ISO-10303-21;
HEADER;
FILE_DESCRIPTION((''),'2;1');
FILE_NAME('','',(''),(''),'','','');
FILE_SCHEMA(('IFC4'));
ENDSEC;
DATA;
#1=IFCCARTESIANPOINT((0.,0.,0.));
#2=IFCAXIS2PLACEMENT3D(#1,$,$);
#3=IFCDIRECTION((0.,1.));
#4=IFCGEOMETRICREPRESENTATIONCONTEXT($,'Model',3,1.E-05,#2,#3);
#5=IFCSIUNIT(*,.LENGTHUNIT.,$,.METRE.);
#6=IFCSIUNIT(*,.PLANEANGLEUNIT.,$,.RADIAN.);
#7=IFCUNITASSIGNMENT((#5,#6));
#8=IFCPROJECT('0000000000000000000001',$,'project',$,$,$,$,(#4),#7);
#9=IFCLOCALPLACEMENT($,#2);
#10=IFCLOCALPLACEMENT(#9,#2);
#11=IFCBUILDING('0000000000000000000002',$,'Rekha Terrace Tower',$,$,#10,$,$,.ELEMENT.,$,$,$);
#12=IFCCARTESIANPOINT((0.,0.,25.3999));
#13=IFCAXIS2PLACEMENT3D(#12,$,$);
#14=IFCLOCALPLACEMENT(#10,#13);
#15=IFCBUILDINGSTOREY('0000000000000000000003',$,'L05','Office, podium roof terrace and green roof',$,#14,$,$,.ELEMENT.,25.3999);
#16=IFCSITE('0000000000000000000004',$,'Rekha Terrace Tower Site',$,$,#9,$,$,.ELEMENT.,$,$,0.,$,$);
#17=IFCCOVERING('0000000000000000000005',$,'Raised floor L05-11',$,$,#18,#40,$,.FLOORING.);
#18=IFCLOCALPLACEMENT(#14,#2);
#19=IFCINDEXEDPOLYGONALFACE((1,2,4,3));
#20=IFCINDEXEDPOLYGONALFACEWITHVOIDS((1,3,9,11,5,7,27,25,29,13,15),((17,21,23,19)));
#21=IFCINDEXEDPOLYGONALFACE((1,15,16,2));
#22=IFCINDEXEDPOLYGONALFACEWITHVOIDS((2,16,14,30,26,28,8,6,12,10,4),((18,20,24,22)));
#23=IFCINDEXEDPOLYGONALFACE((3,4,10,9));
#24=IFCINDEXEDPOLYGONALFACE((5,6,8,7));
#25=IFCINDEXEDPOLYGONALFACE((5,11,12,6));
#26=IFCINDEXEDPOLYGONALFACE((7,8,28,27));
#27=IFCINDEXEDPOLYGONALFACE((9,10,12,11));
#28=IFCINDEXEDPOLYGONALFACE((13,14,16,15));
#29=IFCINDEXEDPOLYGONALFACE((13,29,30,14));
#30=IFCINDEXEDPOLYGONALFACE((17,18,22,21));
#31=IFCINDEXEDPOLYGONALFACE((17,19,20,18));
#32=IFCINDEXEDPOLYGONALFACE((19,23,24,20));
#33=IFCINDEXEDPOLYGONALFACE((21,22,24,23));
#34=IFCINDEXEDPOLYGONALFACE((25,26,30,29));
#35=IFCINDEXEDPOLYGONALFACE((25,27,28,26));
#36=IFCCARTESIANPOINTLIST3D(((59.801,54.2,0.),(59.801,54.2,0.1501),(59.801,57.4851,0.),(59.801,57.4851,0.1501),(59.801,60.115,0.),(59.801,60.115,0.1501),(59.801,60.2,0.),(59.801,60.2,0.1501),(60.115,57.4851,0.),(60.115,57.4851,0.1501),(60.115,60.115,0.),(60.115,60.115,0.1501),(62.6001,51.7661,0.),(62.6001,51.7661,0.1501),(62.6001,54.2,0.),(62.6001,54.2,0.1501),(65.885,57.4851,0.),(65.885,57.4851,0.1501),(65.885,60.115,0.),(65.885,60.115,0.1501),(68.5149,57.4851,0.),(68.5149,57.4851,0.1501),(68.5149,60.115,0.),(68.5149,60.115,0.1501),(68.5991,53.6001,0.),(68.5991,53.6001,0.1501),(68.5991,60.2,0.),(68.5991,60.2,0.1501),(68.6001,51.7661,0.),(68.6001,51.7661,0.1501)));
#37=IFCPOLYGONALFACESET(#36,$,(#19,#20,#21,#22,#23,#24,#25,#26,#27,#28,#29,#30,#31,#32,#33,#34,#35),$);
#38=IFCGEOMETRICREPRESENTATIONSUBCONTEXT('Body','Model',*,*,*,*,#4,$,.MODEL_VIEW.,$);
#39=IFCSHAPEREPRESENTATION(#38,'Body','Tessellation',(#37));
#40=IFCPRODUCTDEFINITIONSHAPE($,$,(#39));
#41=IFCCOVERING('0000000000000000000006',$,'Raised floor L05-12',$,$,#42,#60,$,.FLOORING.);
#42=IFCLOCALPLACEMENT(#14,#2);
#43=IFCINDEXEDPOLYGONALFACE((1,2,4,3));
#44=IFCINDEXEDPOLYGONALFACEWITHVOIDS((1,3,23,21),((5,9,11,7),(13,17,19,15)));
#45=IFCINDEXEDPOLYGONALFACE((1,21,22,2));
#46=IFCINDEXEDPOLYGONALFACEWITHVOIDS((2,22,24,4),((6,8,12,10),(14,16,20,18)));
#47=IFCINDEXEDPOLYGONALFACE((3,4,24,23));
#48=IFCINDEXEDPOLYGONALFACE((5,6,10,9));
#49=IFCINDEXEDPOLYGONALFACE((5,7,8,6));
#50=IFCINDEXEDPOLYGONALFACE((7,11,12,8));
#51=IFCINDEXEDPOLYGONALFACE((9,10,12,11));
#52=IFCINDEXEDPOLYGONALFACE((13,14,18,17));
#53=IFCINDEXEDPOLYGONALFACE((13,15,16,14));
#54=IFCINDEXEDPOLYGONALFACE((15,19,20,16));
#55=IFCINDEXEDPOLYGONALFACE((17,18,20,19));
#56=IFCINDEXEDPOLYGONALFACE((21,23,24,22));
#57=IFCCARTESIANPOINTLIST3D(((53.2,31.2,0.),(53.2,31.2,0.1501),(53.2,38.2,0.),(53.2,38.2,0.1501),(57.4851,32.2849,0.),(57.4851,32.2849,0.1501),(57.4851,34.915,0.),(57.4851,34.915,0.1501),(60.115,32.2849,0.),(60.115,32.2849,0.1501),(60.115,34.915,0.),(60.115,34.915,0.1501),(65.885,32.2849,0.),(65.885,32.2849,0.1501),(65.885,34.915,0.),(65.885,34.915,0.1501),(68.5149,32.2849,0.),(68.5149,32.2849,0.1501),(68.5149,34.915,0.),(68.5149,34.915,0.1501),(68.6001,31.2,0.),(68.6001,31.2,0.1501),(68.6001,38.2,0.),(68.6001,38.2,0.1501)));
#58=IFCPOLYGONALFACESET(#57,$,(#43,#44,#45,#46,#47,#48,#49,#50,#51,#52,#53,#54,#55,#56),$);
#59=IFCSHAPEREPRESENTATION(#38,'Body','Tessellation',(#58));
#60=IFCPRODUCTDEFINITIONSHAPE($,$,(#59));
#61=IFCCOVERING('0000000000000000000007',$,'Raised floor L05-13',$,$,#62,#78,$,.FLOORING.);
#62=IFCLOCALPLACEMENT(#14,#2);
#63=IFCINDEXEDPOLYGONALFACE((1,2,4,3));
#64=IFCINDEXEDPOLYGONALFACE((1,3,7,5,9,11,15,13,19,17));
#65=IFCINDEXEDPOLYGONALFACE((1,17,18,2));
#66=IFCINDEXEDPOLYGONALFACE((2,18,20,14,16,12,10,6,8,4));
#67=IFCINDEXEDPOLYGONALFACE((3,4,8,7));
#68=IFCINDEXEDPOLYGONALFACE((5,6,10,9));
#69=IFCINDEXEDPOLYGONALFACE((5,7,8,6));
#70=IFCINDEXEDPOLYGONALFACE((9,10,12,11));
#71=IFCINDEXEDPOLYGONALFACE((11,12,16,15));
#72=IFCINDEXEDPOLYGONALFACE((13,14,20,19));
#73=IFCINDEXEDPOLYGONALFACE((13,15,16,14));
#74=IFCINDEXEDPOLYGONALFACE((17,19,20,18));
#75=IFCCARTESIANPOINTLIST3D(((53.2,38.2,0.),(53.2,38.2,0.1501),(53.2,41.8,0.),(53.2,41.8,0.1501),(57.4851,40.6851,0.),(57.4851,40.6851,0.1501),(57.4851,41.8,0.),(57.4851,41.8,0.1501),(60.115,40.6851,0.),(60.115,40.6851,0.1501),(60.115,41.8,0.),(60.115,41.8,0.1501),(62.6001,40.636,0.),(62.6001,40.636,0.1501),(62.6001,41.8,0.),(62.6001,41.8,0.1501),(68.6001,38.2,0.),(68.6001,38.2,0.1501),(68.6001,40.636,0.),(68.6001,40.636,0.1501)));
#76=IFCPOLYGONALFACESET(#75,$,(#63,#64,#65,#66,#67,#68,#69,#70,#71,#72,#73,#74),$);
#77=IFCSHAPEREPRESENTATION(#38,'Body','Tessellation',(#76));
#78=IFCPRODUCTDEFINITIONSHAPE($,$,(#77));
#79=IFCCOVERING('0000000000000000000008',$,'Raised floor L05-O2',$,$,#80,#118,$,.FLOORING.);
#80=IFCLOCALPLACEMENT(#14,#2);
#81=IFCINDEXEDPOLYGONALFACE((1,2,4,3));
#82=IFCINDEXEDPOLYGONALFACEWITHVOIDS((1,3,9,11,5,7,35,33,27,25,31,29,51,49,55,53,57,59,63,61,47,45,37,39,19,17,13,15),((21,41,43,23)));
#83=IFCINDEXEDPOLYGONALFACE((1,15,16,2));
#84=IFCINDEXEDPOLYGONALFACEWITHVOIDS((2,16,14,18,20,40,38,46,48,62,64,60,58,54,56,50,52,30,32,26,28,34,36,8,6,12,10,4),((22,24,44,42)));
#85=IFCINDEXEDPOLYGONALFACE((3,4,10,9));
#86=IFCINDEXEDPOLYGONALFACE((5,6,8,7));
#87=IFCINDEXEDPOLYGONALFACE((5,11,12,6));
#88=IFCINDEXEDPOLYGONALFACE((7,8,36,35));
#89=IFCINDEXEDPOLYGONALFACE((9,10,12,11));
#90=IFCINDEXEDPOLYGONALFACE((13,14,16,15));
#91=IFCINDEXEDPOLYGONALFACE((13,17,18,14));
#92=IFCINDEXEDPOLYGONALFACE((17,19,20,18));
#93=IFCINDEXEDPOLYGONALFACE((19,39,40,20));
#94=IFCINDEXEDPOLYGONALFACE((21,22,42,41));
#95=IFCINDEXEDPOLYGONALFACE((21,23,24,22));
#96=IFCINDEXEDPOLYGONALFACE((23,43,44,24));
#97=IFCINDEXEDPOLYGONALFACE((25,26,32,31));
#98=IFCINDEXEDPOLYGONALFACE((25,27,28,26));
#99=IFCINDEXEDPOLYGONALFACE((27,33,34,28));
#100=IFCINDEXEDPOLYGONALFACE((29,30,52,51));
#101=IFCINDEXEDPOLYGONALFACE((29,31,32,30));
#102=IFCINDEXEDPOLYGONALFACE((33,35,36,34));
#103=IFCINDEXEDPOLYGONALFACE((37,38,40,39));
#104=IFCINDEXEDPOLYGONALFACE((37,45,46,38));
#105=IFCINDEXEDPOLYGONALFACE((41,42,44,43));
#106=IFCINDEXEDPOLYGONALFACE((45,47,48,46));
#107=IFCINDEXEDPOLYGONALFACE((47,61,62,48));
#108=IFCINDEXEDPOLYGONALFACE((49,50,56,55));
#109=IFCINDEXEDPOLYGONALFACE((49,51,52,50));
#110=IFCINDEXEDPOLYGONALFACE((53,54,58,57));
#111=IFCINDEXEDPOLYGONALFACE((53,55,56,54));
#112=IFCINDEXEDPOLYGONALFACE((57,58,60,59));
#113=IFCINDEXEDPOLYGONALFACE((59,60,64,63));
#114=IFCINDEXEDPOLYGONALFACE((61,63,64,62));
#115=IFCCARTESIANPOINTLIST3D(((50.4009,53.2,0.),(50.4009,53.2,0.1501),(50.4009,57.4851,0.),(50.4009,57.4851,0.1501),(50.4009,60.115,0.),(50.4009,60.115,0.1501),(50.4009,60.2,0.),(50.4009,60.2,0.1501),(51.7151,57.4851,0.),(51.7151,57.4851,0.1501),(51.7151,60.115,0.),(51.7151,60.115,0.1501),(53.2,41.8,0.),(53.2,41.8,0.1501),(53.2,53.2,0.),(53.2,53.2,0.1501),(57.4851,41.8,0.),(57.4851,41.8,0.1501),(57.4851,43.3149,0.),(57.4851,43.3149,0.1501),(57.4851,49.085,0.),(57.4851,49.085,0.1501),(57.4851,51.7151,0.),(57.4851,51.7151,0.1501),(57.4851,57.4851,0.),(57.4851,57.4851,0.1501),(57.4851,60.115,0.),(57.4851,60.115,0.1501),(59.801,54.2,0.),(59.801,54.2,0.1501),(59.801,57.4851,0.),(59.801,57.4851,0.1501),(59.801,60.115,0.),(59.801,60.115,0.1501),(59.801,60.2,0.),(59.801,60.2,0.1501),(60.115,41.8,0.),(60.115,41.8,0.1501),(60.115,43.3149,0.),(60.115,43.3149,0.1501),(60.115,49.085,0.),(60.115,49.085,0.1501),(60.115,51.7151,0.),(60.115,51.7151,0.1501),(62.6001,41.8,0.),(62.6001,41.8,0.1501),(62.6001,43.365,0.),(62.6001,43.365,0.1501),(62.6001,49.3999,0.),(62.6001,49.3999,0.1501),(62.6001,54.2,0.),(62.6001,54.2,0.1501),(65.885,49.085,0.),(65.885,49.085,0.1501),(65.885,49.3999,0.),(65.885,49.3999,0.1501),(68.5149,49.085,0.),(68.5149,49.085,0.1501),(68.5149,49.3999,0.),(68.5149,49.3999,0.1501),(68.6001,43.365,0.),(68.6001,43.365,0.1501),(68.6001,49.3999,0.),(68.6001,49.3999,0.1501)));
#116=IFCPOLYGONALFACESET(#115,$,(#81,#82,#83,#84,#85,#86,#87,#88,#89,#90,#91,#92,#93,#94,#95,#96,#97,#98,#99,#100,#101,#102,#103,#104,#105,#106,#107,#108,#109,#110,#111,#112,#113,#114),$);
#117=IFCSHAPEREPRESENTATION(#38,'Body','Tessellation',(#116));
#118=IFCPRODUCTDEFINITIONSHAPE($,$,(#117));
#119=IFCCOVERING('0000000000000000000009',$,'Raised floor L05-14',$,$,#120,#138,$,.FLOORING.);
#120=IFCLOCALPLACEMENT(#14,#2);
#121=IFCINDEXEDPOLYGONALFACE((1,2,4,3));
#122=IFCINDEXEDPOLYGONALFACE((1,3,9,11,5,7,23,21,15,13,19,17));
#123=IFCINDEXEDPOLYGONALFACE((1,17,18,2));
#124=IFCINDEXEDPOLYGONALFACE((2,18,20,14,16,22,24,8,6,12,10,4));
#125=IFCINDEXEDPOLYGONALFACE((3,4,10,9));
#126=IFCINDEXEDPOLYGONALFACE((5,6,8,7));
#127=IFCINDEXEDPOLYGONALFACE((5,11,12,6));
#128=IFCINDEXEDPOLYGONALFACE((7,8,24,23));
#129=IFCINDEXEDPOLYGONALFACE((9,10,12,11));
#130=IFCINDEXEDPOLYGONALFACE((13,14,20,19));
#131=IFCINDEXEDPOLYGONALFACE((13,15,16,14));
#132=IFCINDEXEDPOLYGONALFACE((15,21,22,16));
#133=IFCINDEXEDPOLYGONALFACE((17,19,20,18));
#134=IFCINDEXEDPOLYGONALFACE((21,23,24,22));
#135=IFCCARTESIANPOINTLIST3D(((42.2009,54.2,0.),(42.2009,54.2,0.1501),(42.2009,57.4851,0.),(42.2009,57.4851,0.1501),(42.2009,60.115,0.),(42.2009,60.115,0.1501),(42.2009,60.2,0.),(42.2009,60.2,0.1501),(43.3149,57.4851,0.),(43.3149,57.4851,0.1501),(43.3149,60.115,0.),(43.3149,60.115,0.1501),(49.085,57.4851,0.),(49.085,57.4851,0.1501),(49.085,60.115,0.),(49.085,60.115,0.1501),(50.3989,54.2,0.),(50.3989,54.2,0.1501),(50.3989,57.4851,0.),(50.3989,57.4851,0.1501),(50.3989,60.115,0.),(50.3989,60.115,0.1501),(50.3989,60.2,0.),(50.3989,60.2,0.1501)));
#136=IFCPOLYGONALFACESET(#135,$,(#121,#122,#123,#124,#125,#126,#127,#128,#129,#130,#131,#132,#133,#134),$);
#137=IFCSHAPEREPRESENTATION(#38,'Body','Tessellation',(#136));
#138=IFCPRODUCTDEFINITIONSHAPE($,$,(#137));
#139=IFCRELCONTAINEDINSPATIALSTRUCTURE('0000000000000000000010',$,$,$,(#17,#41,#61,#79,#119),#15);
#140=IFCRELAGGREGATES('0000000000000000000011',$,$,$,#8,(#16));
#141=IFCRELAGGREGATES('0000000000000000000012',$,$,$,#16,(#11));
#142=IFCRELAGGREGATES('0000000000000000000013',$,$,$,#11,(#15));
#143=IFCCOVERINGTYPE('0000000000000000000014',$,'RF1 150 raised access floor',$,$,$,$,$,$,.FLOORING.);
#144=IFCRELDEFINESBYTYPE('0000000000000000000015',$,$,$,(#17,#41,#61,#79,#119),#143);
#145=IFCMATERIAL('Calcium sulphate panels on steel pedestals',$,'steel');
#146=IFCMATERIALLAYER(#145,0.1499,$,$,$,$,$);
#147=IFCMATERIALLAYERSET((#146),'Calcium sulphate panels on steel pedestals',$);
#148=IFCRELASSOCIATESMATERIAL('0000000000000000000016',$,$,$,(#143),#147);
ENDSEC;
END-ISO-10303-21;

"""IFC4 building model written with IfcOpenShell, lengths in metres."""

from ifc_helpers import new_model, si_unit, direction, frame, origin, place, context, subcontext, project, spatial, polyline, outline, extrude, material, layer, layer_set, type_object, element, save


model = new_model("IFC4")

# Units and contexts
model_context = context("Model", 3, precision=1e-05, world=origin(), true_north=direction((0.0, 1.0)))
body_context = subcontext(model_context, "Body", "Model", "MODEL_VIEW")
ifc_project = project(units=[si_unit("LENGTHUNIT", "METRE"), si_unit("PLANEANGLEUNIT", "RADIAN")], contexts=[model_context])

# Site, building, storey
site_placement = place(None, origin())
site = spatial("IfcSite", under=ifc_project, at=site_placement, Name="Rekha Terrace Tower Site", CompositionType="ELEMENT", RefElevation=0.0)
building_placement = place(site_placement, origin())
building = spatial("IfcBuilding", under=site, at=building_placement, Name="Rekha Terrace Tower", CompositionType="ELEMENT")
storey_placement = place(building_placement, frame((0.0, 0.0, 25.3999)))
storey = spatial("IfcBuildingStorey", under=building, at=storey_placement, Name="L05", Description="Office, podium roof terrace and green roof", CompositionType="ELEMENT", Elevation=25.3999)

# Coverings
ifc_material_1 = material(Name="Calcium sulphate panels on steel pedestals", Category="steel")
ifc_layer_1 = layer(ifc_material_1, 0.1499)
ifc_layer_set_1 = layer_set([ifc_layer_1], Name="Calcium sulphate panels on steel pedestals")
covering_type_1 = type_object("IfcCoveringType", Name="RF1 150 raised access floor", PredefinedType="FLOORING", material=ifc_layer_set_1)
covering_1_placement = place(storey_placement, origin())
element("IfcCovering", 1, at=covering_1_placement, inside=storey, type_object=covering_type_1, Name="Raised floor L05-11", PredefinedType="FLOORING", context=body_context, shape_type="SweptSolid", body=[
    extrude(outline(polyline([(60.115, 57.4851), (59.801, 57.4851), (59.801, 54.2), (62.6001, 54.2), (62.6001, 51.7661), (68.6001, 51.7661), (68.5991, 53.6001), (68.5991, 60.2), (59.801, 60.2), (59.801, 60.115), (60.115, 60.115), (60.115, 57.4851)]), holes=[polyline([(68.5149, 57.4851), (65.885, 57.4851), (65.885, 60.115), (68.5149, 60.115), (68.5149, 57.4851)])]), origin(), (0.0, 0.0, 1.0), 0.1501),
])
covering_2_placement = place(storey_placement, origin())
element("IfcCovering", 2, at=covering_2_placement, inside=storey, type_object=covering_type_1, Name="Raised floor L05-12", PredefinedType="FLOORING", context=body_context, shape_type="SweptSolid", body=[
    extrude(outline(polyline([(68.6001, 38.2), (53.2, 38.2), (53.2, 31.2), (68.6001, 31.2), (68.6001, 38.2)]), holes=[polyline([(68.5149, 32.2849), (65.885, 32.2849), (65.885, 34.915), (68.5149, 34.915), (68.5149, 32.2849)]), polyline([(60.115, 32.2849), (57.4851, 32.2849), (57.4851, 34.915), (60.115, 34.915), (60.115, 32.2849)])]), origin(), (0.0, 0.0, 1.0), 0.1501),
])
covering_3_placement = place(storey_placement, origin())
element("IfcCovering", 3, at=covering_3_placement, inside=storey, type_object=covering_type_1, Name="Raised floor L05-13", PredefinedType="FLOORING", context=body_context, shape_type="SweptSolid", body=[
    extrude(outline(polyline([(57.4851, 41.8), (53.2, 41.8), (53.2, 38.2), (68.6001, 38.2), (68.6001, 40.636), (62.6001, 40.636), (62.6001, 41.8), (60.115, 41.8), (60.115, 40.6851), (57.4851, 40.6851), (57.4851, 41.8)])), origin(), (0.0, 0.0, 1.0), 0.1501),
])
covering_4_placement = place(storey_placement, origin())
element("IfcCovering", 4, at=covering_4_placement, inside=storey, type_object=covering_type_1, Name="Raised floor L05-O2", PredefinedType="FLOORING", context=body_context, shape_type="SweptSolid", body=[
    extrude(outline(polyline([(51.7151, 57.4851), (50.4009, 57.4851), (50.4009, 53.2), (53.2, 53.2), (53.2, 41.8), (57.4851, 41.8), (57.4851, 43.3149), (60.115, 43.3149), (60.115, 41.8), (62.6001, 41.8), (62.6001, 43.365), (68.6001, 43.365), (68.6001, 49.3999), (68.5149, 49.3999), (68.5149, 49.085), (65.885, 49.085), (65.885, 49.3999), (62.6001, 49.3999), (62.6001, 54.2), (59.801, 54.2), (59.801, 57.4851), (57.4851, 57.4851), (57.4851, 60.115), (59.801, 60.115), (59.801, 60.2), (50.4009, 60.2), (50.4009, 60.115), (51.7151, 60.115), (51.7151, 57.4851)]), holes=[polyline([(60.115, 49.085), (57.4851, 49.085), (57.4851, 51.7151), (60.115, 51.7151), (60.115, 49.085)])]), origin(), (0.0, 0.0, 1.0), 0.1501),
])
covering_5_placement = place(storey_placement, origin())
element("IfcCovering", 5, at=covering_5_placement, inside=storey, type_object=covering_type_1, Name="Raised floor L05-14", PredefinedType="FLOORING", context=body_context, shape_type="SweptSolid", body=[
    extrude(outline(polyline([(50.3989, 60.115), (50.3989, 60.2), (42.2009, 60.2), (42.2009, 60.115), (43.3149, 60.115), (43.3149, 57.4851), (42.2009, 57.4851), (42.2009, 54.2), (50.3989, 54.2), (50.3989, 57.4851), (49.085, 57.4851), (49.085, 60.115), (50.3989, 60.115)])), origin(), (0.0, 0.0, 1.0), 0.1501),
])

save(model, "model.ifc")
